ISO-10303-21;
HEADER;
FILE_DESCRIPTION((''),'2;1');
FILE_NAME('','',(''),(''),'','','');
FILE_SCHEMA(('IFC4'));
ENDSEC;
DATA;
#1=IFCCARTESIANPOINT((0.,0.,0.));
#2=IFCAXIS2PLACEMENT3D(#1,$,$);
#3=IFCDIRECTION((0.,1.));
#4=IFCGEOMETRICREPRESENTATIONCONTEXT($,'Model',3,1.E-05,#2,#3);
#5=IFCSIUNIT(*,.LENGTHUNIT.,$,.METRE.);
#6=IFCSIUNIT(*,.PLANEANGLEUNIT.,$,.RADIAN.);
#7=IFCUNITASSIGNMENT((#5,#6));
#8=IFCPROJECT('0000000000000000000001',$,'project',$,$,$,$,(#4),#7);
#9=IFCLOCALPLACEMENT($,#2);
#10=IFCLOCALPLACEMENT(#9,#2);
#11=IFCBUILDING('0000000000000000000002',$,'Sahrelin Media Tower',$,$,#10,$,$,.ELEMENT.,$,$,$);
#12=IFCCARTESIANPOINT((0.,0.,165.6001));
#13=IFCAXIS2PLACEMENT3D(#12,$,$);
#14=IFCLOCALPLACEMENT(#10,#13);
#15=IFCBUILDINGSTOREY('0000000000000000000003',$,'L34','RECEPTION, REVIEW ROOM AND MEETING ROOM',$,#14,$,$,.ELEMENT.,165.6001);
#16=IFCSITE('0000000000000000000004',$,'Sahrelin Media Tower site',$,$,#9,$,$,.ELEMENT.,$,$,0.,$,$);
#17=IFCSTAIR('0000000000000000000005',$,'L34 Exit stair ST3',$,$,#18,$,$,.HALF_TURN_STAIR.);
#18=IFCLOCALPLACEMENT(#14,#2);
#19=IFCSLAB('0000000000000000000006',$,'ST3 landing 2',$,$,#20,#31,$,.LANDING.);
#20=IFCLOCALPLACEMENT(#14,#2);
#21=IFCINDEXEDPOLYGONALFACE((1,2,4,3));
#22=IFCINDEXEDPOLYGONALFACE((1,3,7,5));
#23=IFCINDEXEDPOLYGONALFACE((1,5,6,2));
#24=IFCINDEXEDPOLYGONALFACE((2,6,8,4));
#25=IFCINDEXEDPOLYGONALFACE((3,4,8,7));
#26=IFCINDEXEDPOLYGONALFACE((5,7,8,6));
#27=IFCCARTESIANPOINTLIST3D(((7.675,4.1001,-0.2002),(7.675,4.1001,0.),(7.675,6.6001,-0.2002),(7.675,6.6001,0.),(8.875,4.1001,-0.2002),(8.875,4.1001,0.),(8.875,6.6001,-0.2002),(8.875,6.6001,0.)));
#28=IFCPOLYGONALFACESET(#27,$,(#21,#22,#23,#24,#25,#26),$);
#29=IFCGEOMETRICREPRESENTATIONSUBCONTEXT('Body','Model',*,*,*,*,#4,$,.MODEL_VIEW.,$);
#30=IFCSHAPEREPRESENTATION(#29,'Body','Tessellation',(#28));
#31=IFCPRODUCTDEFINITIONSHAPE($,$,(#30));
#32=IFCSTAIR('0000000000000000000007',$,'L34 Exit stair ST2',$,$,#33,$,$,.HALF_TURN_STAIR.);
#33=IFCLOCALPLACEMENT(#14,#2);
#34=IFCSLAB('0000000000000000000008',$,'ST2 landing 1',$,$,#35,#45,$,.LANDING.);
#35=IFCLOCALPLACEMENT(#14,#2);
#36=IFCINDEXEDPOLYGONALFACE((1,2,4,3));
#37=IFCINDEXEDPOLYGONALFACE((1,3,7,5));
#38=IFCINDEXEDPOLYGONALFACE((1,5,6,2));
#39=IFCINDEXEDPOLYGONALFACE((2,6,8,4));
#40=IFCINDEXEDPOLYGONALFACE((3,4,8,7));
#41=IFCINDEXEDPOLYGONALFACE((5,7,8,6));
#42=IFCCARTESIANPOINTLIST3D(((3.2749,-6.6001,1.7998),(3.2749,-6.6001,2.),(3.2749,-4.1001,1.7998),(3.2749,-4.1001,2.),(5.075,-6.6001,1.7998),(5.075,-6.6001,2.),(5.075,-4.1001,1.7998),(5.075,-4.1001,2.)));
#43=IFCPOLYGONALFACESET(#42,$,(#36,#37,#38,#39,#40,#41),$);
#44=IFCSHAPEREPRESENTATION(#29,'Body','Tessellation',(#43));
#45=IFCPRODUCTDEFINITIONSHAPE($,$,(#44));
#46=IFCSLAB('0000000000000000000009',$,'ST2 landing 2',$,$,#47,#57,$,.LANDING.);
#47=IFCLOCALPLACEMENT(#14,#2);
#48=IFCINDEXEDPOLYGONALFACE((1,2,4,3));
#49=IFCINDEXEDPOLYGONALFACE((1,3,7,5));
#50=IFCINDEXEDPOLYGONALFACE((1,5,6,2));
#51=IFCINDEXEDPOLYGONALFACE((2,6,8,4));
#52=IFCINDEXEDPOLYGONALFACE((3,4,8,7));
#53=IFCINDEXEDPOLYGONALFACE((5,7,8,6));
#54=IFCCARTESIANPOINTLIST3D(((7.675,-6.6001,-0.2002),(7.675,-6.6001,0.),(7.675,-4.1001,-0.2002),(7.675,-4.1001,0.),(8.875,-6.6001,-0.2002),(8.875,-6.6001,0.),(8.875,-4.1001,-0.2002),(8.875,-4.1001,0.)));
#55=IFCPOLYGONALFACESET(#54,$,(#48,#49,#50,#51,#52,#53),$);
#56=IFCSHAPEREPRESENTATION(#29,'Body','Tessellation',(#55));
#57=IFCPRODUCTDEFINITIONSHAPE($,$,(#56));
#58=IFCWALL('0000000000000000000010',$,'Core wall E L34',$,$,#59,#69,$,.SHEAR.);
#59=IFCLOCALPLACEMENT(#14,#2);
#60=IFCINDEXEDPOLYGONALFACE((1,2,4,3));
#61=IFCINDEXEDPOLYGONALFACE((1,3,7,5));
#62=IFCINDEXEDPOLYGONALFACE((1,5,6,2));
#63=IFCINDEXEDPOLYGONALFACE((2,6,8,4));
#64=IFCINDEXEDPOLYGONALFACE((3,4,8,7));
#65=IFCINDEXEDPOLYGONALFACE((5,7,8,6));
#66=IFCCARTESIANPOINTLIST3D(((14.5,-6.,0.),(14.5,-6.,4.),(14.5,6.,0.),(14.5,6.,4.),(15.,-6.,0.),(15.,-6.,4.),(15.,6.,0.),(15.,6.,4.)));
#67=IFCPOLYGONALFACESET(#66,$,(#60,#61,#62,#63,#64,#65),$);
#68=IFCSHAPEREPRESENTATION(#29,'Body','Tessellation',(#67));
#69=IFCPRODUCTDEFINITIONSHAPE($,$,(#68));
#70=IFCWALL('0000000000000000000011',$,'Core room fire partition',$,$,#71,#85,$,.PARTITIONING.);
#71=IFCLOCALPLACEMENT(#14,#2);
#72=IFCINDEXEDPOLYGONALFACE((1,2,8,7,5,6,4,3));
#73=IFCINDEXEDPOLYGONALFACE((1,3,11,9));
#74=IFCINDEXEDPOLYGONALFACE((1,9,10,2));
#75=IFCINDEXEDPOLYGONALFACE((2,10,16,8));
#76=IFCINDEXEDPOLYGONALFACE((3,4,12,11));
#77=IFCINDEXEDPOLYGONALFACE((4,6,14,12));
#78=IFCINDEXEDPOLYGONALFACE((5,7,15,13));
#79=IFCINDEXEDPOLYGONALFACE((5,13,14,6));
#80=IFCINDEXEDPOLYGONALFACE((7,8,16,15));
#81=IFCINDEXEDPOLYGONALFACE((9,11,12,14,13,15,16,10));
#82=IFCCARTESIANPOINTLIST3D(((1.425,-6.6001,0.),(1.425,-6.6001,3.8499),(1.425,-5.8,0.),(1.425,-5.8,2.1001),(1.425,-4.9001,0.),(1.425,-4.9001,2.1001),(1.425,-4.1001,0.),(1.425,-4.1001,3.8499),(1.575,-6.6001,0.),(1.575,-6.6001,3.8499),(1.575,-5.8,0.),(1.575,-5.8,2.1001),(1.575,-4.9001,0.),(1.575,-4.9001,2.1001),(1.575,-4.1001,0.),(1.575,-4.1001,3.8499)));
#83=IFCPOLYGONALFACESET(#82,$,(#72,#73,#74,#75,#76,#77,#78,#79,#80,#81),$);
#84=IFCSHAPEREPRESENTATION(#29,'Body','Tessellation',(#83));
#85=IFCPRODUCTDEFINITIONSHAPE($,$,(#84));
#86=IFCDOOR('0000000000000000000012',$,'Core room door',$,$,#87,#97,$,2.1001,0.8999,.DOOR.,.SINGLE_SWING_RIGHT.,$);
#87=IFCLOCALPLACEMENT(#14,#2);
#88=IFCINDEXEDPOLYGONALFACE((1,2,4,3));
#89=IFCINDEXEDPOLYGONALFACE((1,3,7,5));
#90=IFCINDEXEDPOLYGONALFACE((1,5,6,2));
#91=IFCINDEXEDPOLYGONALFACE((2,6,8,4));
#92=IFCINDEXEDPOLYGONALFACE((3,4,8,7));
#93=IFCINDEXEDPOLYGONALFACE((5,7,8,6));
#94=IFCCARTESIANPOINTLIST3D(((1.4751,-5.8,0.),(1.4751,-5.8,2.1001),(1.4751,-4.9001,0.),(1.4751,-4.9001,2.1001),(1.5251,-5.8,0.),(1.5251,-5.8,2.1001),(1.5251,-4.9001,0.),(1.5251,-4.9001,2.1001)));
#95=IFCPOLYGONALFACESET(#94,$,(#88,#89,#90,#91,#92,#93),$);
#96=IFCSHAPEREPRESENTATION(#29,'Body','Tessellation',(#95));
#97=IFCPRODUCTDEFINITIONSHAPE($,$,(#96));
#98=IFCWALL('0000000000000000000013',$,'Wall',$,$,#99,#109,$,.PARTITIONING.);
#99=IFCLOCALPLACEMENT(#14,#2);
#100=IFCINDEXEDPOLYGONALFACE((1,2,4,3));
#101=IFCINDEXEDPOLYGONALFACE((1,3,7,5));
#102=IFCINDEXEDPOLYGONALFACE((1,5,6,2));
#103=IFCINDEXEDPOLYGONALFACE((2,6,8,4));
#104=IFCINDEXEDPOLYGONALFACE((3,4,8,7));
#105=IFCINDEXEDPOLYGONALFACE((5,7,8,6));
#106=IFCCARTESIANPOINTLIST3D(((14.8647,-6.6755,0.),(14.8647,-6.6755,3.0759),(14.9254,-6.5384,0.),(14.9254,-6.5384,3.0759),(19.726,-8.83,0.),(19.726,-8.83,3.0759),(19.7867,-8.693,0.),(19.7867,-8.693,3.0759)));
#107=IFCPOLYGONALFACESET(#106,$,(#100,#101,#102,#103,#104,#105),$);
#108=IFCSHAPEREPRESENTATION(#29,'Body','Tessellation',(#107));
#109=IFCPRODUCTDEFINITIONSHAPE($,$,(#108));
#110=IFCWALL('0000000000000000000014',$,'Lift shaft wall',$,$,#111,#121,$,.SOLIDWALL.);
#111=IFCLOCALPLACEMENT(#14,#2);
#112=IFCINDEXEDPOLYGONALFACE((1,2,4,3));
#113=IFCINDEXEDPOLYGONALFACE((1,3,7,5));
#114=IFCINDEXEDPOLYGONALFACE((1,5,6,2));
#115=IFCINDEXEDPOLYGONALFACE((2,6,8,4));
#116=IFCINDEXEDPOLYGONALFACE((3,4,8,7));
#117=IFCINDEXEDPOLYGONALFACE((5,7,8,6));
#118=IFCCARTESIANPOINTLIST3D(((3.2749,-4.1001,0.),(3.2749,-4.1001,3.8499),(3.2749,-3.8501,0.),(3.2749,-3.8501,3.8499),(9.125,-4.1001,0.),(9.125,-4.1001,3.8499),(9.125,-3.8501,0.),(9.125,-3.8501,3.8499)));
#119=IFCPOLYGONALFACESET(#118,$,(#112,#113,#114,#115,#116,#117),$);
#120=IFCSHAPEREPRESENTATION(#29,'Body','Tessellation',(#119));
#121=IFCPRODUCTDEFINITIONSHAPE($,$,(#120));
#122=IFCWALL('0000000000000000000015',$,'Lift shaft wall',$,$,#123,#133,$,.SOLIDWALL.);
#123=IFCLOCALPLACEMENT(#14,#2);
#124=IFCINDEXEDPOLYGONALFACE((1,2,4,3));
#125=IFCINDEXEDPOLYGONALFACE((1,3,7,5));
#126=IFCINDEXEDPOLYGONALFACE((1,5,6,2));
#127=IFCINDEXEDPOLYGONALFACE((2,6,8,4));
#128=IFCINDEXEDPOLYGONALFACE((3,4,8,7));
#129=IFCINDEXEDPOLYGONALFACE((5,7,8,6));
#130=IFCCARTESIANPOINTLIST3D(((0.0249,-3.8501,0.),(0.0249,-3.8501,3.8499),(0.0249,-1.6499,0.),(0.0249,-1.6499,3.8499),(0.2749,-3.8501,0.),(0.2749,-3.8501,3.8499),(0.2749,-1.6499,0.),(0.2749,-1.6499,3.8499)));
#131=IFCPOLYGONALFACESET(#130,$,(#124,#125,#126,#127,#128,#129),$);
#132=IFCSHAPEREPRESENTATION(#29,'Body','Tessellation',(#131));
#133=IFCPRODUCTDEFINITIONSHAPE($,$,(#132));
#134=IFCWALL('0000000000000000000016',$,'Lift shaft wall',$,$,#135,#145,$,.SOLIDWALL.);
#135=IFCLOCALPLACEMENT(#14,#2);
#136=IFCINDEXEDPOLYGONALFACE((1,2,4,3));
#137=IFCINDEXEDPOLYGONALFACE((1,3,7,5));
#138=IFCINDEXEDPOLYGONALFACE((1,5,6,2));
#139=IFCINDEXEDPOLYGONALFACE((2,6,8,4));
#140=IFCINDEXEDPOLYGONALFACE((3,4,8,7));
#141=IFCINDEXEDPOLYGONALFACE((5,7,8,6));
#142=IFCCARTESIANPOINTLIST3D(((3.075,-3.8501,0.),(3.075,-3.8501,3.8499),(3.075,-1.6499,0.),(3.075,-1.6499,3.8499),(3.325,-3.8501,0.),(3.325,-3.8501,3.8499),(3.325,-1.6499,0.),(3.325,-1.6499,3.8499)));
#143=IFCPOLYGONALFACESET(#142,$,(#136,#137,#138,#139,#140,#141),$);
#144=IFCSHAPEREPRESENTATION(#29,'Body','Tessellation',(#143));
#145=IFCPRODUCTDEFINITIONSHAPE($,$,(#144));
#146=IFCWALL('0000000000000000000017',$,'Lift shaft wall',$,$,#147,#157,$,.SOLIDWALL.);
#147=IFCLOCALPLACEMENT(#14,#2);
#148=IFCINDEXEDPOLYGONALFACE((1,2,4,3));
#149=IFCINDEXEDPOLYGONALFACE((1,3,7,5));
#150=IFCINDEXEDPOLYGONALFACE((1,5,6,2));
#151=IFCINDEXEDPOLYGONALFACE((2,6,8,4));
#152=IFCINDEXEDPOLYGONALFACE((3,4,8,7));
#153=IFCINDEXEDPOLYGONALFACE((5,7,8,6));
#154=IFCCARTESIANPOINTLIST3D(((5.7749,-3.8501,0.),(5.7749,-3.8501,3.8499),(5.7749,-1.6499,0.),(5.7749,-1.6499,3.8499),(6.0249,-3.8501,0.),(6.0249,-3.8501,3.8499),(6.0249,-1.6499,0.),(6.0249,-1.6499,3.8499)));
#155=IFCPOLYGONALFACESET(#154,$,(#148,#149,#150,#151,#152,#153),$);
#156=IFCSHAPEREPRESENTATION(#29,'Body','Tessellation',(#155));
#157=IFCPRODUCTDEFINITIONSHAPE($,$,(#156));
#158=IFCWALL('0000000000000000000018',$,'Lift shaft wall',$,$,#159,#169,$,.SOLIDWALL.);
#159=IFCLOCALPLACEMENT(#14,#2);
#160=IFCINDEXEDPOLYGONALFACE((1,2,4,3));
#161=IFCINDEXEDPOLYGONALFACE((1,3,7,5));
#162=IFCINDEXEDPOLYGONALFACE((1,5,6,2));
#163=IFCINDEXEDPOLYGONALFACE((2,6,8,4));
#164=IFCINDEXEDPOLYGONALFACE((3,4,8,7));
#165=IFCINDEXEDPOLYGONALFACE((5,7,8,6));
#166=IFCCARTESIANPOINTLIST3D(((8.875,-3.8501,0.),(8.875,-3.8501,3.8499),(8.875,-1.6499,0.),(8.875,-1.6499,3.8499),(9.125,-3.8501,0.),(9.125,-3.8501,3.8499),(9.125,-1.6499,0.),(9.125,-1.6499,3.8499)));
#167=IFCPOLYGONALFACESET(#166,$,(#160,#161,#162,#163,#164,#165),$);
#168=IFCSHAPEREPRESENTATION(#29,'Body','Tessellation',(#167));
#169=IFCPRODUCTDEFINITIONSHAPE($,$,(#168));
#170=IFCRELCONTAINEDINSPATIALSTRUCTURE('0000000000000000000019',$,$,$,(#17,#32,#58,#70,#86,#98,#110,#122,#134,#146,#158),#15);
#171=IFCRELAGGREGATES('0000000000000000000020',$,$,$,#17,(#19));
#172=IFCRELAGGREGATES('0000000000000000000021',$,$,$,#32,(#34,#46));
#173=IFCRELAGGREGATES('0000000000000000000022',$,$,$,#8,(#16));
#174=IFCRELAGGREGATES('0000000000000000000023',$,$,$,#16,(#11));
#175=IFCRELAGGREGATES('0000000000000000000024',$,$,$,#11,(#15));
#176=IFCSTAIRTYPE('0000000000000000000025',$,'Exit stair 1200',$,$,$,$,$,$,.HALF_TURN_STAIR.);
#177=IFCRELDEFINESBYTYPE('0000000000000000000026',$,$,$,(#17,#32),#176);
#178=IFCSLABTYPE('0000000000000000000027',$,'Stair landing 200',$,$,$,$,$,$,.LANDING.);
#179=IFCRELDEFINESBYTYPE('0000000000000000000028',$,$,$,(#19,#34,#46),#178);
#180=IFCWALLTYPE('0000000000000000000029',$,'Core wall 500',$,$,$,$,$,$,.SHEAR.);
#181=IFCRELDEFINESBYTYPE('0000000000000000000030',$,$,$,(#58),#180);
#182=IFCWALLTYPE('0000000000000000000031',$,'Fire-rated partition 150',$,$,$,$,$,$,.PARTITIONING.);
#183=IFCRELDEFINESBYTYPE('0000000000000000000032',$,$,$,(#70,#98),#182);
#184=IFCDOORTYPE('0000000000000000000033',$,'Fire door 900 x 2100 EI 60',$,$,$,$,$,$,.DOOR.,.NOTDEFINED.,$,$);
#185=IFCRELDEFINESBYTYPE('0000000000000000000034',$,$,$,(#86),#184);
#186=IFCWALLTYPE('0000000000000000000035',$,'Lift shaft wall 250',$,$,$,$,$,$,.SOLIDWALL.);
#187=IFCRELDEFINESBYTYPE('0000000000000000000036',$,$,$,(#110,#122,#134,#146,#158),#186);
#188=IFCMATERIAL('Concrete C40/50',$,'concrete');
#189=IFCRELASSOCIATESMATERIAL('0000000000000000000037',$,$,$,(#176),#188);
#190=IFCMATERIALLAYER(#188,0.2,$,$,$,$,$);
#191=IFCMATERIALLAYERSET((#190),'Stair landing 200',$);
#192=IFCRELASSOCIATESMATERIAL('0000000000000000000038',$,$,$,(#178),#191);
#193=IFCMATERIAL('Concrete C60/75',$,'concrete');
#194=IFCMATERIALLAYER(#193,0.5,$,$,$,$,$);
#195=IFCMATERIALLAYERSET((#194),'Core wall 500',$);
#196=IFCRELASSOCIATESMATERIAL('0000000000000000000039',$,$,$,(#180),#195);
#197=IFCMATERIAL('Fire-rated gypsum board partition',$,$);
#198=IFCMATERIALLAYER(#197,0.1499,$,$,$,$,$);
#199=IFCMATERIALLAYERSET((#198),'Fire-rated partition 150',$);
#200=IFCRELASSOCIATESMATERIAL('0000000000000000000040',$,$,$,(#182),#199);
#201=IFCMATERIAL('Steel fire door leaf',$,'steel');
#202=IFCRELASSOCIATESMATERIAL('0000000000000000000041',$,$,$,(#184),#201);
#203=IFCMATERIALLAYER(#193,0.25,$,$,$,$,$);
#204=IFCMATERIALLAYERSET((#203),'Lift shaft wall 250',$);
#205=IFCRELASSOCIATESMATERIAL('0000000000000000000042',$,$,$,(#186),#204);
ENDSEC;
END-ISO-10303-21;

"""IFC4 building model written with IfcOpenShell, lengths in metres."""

from ifc_helpers import new_model, si_unit, direction, frame, frame_2d, origin, place, context, subcontext, project, spatial, polyline, rectangle, outline, extrude, material, layer, layer_set, type_object, element, fill, aggregate, save


model = new_model("IFC4")

# Units and contexts
model_context = context("Model", 3, precision=1e-05, world=origin(), true_north=direction((0.0, 1.0)))
body_context = subcontext(model_context, "Body", "Model", "MODEL_VIEW")
ifc_project = project(units=[si_unit("LENGTHUNIT", "METRE"), si_unit("PLANEANGLEUNIT", "RADIAN")], contexts=[model_context])

# Site, building, storey
site_placement = place(None, origin())
site = spatial("IfcSite", under=ifc_project, at=site_placement, Name="Sahrelin Media Tower site", CompositionType="ELEMENT", RefElevation=0.0)
building_placement = place(site_placement, origin())
building = spatial("IfcBuilding", under=site, at=building_placement, Name="Sahrelin Media Tower", CompositionType="ELEMENT")
storey_placement = place(building_placement, frame((0.0, 0.0, 165.6001)))
storey = spatial("IfcBuildingStorey", under=building, at=storey_placement, Name="L34", Description="RECEPTION, REVIEW ROOM AND MEETING ROOM", CompositionType="ELEMENT", Elevation=165.6001)

# Stairs, slabs
ifc_material_1 = material(Name="Concrete C40/50", Category="concrete")
stair_type = type_object("IfcStairType", Name="Exit stair 1200", PredefinedType="HALF_TURN_STAIR", material=ifc_material_1)
placement_1 = place(storey_placement, origin())
ifc_layer_1 = layer(ifc_material_1, 0.2)
ifc_layer_set_1 = layer_set([ifc_layer_1], Name="Stair landing 200")
slab_type = type_object("IfcSlabType", Name="Stair landing 200", PredefinedType="LANDING", material=ifc_layer_set_1)
placement_2 = place(storey_placement, frame((0.0, 0.0, 1.7998)))
placement_3 = place(storey_placement, frame((0.0, 0.0, -0.2002)))
stair_1 = element("IfcStair", 1, at=placement_1, inside=storey, type_object=stair_type, Name="L34 Exit stair ST3", PredefinedType="HALF_TURN_STAIR")
slab_1 = element("IfcSlab", 2, at=placement_3, type_object=slab_type, Name="ST3 landing 2", PredefinedType="LANDING", context=body_context, shape_type="SweptSolid", body=[
    extrude(outline(polyline([(8.875, 6.6001), (7.675, 6.6001), (7.675, 4.1001), (8.875, 4.1001), (8.875, 6.6001)])), origin(), (0.0, 0.0, 1.0), 0.2002),
])
aggregate(stair_1, [slab_1])
stair_2 = element("IfcStair", 3, at=placement_1, inside=storey, type_object=stair_type, Name="L34 Exit stair ST2", PredefinedType="HALF_TURN_STAIR")
slab_2 = element("IfcSlab", 4, at=placement_2, type_object=slab_type, Name="ST2 landing 1", PredefinedType="LANDING", context=body_context, shape_type="SweptSolid", body=[
    extrude(outline(polyline([(5.075, -4.1001), (3.2749, -4.1001), (3.2749, -6.6001), (5.075, -6.6001), (5.075, -4.1001)])), origin(), (0.0, 0.0, 1.0), 0.2002),
])
slab_3 = element("IfcSlab", 5, at=placement_3, type_object=slab_type, Name="ST2 landing 2", PredefinedType="LANDING", context=body_context, shape_type="SweptSolid", body=[
    extrude(outline(polyline([(8.875, -4.1001), (7.675, -4.1001), (7.675, -6.6001), (8.875, -6.6001), (8.875, -4.1001)])), origin(), (0.0, 0.0, 1.0), 0.2002),
])
aggregate(stair_2, [slab_2, slab_3])

# Wall
ifc_material_2 = material(Name="Concrete C60/75", Category="concrete")
ifc_layer_2 = layer(ifc_material_2, 0.5)
ifc_layer_set_2 = layer_set([ifc_layer_2], Name="Core wall 500")
wall_type_1 = type_object("IfcWallType", Name="Core wall 500", PredefinedType="SHEAR", material=ifc_layer_set_2)
wall_1_placement = place(storey_placement, frame((14.75, -6.0, 0.0), z_axis=(0.0, 0.0, 1.0), x_axis=(0.0, 1.0, 0.0)))
element("IfcWall", 6, at=wall_1_placement, inside=storey, type_object=wall_type_1, Name="Core wall E L34", PredefinedType="SHEAR", context=body_context, shape_type="SweptSolid", body=[
    extrude(rectangle(XDim=12.0, YDim=0.5, at=frame_2d((6.0, 0.0))), origin(), (0.0, 0.0, 1.0), 4.0),
])

# Wall, opening, door
ifc_material_3 = material(Name="Fire-rated gypsum board partition")
ifc_layer_3 = layer(ifc_material_3, 0.1499)
ifc_layer_set_3 = layer_set([ifc_layer_3], Name="Fire-rated partition 150")
wall_type_2 = type_object("IfcWallType", Name="Fire-rated partition 150", PredefinedType="PARTITIONING", material=ifc_layer_set_3)
wall_2_placement = place(storey_placement, frame((1.5, -6.6001, 0.0), z_axis=(0.0, 0.0, 1.0), x_axis=(0.0, 1.0, 0.0)))
wall_2 = element("IfcWall", 7, at=wall_2_placement, inside=storey, type_object=wall_type_2, Name="Core room fire partition", PredefinedType="PARTITIONING", context=body_context, shape_type="SweptSolid", body=[
    extrude(rectangle(XDim=2.5, YDim=0.1499, at=frame_2d((1.25, 0.0))), origin(), (0.0, 0.0, 1.0), 3.8499),
])
opening_1_placement = place(wall_2_placement, frame((0.8, 0.0, 0.0)))
opening_1 = element("IfcOpeningElement", 8, at=opening_1_placement, cuts=wall_2, PredefinedType="OPENING", context=body_context, shape_type="SweptSolid", body=[
    extrude(rectangle(XDim=0.8999, YDim=2.1001, at=frame_2d((0.45, 1.05))), frame((0.0, 0.075, 0.0), z_axis=(0.0, -1.0, 0.0), x_axis=(1.0, 0.0, 0.0)), (0.0, 0.0, 1.0), 0.1499),
])
ifc_material_4 = material(Name="Steel fire door leaf", Category="steel")
door_type_1 = type_object("IfcDoorType", Name="Fire door 900 x 2100 EI 60", OperationType="NOTDEFINED", PredefinedType="DOOR", material=ifc_material_4)
door_1_placement = place(opening_1_placement, origin())
door_1 = element("IfcDoor", 9, at=door_1_placement, inside=storey, type_object=door_type_1, Name="Core room door", OperationType="SINGLE_SWING_RIGHT", OverallHeight=2.1001, OverallWidth=0.8999, PredefinedType="DOOR", context=body_context, shape_type="SweptSolid", body=[
    extrude(rectangle(XDim=0.8999, YDim=2.1001, at=frame_2d((0.45, 1.05))), frame((0.0, 0.0249, 0.0), z_axis=(0.0, -1.0, 0.0), x_axis=(1.0, 0.0, 0.0)), (0.0, 0.0, 1.0), 0.05),
])
fill(opening_1, door_1)

# Walls
wall_3_placement = place(storey_placement, frame((14.895, -6.6069, 0.0), z_axis=(0.0, 0.0, 1.0), x_axis=(0.914233, -0.405188, 0.0)))
element("IfcWall", 10, at=wall_3_placement, inside=storey, type_object=wall_type_2, Name="Wall", PredefinedType="PARTITIONING", context=body_context, shape_type="SweptSolid", body=[
    extrude(rectangle(XDim=5.3174, YDim=0.1499, at=frame_2d((2.6587, 0.0))), origin(), (0.0, 0.0, 1.0), 3.0759),
])
ifc_layer_4 = layer(ifc_material_2, 0.25)
ifc_layer_set_4 = layer_set([ifc_layer_4], Name="Lift shaft wall 250")
wall_type_3 = type_object("IfcWallType", Name="Lift shaft wall 250", PredefinedType="SOLIDWALL", material=ifc_layer_set_4)
wall_4_placement = place(storey_placement, frame((3.2749, -3.9751, 0.0), z_axis=(0.0, 0.0, 1.0), x_axis=(1.0, 0.0, 0.0)))
element("IfcWall", 11, at=wall_4_placement, inside=storey, type_object=wall_type_3, Name="Lift shaft wall", PredefinedType="SOLIDWALL", context=body_context, shape_type="SweptSolid", body=[
    extrude(rectangle(XDim=5.8501, YDim=0.25, at=frame_2d((2.925, 0.0))), origin(), (0.0, 0.0, 1.0), 3.8499),
])
for number, where, z_axis, x_axis, name in (
    (12, (0.1499, -3.8501, 0.0), (0.0, 0.0, 1.0), (0.0, 1.0, 0.0), "Lift shaft wall"),
    (13, (3.2, -3.8501, 0.0), (0.0, 0.0, 1.0), (0.0, 1.0, 0.0), "Lift shaft wall"),
    (14, (5.8999, -3.8501, 0.0), (0.0, 0.0, 1.0), (0.0, 1.0, 0.0), "Lift shaft wall"),
    (15, (9.0, -3.8501, 0.0), (0.0, 0.0, 1.0), (0.0, 1.0, 0.0), "Lift shaft wall"),
):
    element("IfcWall", number, at=place(storey_placement, frame(where, z_axis=z_axis, x_axis=x_axis)), inside=storey, type_object=wall_type_3, Name=name, PredefinedType="SOLIDWALL", context=body_context, shape_type="SweptSolid", body=[
        extrude(rectangle(XDim=2.2002, YDim=0.25, at=frame_2d((1.1001, 0.0))), origin(), (0.0, 0.0, 1.0), 3.8499),
    ])

save(model, "model.ifc")
